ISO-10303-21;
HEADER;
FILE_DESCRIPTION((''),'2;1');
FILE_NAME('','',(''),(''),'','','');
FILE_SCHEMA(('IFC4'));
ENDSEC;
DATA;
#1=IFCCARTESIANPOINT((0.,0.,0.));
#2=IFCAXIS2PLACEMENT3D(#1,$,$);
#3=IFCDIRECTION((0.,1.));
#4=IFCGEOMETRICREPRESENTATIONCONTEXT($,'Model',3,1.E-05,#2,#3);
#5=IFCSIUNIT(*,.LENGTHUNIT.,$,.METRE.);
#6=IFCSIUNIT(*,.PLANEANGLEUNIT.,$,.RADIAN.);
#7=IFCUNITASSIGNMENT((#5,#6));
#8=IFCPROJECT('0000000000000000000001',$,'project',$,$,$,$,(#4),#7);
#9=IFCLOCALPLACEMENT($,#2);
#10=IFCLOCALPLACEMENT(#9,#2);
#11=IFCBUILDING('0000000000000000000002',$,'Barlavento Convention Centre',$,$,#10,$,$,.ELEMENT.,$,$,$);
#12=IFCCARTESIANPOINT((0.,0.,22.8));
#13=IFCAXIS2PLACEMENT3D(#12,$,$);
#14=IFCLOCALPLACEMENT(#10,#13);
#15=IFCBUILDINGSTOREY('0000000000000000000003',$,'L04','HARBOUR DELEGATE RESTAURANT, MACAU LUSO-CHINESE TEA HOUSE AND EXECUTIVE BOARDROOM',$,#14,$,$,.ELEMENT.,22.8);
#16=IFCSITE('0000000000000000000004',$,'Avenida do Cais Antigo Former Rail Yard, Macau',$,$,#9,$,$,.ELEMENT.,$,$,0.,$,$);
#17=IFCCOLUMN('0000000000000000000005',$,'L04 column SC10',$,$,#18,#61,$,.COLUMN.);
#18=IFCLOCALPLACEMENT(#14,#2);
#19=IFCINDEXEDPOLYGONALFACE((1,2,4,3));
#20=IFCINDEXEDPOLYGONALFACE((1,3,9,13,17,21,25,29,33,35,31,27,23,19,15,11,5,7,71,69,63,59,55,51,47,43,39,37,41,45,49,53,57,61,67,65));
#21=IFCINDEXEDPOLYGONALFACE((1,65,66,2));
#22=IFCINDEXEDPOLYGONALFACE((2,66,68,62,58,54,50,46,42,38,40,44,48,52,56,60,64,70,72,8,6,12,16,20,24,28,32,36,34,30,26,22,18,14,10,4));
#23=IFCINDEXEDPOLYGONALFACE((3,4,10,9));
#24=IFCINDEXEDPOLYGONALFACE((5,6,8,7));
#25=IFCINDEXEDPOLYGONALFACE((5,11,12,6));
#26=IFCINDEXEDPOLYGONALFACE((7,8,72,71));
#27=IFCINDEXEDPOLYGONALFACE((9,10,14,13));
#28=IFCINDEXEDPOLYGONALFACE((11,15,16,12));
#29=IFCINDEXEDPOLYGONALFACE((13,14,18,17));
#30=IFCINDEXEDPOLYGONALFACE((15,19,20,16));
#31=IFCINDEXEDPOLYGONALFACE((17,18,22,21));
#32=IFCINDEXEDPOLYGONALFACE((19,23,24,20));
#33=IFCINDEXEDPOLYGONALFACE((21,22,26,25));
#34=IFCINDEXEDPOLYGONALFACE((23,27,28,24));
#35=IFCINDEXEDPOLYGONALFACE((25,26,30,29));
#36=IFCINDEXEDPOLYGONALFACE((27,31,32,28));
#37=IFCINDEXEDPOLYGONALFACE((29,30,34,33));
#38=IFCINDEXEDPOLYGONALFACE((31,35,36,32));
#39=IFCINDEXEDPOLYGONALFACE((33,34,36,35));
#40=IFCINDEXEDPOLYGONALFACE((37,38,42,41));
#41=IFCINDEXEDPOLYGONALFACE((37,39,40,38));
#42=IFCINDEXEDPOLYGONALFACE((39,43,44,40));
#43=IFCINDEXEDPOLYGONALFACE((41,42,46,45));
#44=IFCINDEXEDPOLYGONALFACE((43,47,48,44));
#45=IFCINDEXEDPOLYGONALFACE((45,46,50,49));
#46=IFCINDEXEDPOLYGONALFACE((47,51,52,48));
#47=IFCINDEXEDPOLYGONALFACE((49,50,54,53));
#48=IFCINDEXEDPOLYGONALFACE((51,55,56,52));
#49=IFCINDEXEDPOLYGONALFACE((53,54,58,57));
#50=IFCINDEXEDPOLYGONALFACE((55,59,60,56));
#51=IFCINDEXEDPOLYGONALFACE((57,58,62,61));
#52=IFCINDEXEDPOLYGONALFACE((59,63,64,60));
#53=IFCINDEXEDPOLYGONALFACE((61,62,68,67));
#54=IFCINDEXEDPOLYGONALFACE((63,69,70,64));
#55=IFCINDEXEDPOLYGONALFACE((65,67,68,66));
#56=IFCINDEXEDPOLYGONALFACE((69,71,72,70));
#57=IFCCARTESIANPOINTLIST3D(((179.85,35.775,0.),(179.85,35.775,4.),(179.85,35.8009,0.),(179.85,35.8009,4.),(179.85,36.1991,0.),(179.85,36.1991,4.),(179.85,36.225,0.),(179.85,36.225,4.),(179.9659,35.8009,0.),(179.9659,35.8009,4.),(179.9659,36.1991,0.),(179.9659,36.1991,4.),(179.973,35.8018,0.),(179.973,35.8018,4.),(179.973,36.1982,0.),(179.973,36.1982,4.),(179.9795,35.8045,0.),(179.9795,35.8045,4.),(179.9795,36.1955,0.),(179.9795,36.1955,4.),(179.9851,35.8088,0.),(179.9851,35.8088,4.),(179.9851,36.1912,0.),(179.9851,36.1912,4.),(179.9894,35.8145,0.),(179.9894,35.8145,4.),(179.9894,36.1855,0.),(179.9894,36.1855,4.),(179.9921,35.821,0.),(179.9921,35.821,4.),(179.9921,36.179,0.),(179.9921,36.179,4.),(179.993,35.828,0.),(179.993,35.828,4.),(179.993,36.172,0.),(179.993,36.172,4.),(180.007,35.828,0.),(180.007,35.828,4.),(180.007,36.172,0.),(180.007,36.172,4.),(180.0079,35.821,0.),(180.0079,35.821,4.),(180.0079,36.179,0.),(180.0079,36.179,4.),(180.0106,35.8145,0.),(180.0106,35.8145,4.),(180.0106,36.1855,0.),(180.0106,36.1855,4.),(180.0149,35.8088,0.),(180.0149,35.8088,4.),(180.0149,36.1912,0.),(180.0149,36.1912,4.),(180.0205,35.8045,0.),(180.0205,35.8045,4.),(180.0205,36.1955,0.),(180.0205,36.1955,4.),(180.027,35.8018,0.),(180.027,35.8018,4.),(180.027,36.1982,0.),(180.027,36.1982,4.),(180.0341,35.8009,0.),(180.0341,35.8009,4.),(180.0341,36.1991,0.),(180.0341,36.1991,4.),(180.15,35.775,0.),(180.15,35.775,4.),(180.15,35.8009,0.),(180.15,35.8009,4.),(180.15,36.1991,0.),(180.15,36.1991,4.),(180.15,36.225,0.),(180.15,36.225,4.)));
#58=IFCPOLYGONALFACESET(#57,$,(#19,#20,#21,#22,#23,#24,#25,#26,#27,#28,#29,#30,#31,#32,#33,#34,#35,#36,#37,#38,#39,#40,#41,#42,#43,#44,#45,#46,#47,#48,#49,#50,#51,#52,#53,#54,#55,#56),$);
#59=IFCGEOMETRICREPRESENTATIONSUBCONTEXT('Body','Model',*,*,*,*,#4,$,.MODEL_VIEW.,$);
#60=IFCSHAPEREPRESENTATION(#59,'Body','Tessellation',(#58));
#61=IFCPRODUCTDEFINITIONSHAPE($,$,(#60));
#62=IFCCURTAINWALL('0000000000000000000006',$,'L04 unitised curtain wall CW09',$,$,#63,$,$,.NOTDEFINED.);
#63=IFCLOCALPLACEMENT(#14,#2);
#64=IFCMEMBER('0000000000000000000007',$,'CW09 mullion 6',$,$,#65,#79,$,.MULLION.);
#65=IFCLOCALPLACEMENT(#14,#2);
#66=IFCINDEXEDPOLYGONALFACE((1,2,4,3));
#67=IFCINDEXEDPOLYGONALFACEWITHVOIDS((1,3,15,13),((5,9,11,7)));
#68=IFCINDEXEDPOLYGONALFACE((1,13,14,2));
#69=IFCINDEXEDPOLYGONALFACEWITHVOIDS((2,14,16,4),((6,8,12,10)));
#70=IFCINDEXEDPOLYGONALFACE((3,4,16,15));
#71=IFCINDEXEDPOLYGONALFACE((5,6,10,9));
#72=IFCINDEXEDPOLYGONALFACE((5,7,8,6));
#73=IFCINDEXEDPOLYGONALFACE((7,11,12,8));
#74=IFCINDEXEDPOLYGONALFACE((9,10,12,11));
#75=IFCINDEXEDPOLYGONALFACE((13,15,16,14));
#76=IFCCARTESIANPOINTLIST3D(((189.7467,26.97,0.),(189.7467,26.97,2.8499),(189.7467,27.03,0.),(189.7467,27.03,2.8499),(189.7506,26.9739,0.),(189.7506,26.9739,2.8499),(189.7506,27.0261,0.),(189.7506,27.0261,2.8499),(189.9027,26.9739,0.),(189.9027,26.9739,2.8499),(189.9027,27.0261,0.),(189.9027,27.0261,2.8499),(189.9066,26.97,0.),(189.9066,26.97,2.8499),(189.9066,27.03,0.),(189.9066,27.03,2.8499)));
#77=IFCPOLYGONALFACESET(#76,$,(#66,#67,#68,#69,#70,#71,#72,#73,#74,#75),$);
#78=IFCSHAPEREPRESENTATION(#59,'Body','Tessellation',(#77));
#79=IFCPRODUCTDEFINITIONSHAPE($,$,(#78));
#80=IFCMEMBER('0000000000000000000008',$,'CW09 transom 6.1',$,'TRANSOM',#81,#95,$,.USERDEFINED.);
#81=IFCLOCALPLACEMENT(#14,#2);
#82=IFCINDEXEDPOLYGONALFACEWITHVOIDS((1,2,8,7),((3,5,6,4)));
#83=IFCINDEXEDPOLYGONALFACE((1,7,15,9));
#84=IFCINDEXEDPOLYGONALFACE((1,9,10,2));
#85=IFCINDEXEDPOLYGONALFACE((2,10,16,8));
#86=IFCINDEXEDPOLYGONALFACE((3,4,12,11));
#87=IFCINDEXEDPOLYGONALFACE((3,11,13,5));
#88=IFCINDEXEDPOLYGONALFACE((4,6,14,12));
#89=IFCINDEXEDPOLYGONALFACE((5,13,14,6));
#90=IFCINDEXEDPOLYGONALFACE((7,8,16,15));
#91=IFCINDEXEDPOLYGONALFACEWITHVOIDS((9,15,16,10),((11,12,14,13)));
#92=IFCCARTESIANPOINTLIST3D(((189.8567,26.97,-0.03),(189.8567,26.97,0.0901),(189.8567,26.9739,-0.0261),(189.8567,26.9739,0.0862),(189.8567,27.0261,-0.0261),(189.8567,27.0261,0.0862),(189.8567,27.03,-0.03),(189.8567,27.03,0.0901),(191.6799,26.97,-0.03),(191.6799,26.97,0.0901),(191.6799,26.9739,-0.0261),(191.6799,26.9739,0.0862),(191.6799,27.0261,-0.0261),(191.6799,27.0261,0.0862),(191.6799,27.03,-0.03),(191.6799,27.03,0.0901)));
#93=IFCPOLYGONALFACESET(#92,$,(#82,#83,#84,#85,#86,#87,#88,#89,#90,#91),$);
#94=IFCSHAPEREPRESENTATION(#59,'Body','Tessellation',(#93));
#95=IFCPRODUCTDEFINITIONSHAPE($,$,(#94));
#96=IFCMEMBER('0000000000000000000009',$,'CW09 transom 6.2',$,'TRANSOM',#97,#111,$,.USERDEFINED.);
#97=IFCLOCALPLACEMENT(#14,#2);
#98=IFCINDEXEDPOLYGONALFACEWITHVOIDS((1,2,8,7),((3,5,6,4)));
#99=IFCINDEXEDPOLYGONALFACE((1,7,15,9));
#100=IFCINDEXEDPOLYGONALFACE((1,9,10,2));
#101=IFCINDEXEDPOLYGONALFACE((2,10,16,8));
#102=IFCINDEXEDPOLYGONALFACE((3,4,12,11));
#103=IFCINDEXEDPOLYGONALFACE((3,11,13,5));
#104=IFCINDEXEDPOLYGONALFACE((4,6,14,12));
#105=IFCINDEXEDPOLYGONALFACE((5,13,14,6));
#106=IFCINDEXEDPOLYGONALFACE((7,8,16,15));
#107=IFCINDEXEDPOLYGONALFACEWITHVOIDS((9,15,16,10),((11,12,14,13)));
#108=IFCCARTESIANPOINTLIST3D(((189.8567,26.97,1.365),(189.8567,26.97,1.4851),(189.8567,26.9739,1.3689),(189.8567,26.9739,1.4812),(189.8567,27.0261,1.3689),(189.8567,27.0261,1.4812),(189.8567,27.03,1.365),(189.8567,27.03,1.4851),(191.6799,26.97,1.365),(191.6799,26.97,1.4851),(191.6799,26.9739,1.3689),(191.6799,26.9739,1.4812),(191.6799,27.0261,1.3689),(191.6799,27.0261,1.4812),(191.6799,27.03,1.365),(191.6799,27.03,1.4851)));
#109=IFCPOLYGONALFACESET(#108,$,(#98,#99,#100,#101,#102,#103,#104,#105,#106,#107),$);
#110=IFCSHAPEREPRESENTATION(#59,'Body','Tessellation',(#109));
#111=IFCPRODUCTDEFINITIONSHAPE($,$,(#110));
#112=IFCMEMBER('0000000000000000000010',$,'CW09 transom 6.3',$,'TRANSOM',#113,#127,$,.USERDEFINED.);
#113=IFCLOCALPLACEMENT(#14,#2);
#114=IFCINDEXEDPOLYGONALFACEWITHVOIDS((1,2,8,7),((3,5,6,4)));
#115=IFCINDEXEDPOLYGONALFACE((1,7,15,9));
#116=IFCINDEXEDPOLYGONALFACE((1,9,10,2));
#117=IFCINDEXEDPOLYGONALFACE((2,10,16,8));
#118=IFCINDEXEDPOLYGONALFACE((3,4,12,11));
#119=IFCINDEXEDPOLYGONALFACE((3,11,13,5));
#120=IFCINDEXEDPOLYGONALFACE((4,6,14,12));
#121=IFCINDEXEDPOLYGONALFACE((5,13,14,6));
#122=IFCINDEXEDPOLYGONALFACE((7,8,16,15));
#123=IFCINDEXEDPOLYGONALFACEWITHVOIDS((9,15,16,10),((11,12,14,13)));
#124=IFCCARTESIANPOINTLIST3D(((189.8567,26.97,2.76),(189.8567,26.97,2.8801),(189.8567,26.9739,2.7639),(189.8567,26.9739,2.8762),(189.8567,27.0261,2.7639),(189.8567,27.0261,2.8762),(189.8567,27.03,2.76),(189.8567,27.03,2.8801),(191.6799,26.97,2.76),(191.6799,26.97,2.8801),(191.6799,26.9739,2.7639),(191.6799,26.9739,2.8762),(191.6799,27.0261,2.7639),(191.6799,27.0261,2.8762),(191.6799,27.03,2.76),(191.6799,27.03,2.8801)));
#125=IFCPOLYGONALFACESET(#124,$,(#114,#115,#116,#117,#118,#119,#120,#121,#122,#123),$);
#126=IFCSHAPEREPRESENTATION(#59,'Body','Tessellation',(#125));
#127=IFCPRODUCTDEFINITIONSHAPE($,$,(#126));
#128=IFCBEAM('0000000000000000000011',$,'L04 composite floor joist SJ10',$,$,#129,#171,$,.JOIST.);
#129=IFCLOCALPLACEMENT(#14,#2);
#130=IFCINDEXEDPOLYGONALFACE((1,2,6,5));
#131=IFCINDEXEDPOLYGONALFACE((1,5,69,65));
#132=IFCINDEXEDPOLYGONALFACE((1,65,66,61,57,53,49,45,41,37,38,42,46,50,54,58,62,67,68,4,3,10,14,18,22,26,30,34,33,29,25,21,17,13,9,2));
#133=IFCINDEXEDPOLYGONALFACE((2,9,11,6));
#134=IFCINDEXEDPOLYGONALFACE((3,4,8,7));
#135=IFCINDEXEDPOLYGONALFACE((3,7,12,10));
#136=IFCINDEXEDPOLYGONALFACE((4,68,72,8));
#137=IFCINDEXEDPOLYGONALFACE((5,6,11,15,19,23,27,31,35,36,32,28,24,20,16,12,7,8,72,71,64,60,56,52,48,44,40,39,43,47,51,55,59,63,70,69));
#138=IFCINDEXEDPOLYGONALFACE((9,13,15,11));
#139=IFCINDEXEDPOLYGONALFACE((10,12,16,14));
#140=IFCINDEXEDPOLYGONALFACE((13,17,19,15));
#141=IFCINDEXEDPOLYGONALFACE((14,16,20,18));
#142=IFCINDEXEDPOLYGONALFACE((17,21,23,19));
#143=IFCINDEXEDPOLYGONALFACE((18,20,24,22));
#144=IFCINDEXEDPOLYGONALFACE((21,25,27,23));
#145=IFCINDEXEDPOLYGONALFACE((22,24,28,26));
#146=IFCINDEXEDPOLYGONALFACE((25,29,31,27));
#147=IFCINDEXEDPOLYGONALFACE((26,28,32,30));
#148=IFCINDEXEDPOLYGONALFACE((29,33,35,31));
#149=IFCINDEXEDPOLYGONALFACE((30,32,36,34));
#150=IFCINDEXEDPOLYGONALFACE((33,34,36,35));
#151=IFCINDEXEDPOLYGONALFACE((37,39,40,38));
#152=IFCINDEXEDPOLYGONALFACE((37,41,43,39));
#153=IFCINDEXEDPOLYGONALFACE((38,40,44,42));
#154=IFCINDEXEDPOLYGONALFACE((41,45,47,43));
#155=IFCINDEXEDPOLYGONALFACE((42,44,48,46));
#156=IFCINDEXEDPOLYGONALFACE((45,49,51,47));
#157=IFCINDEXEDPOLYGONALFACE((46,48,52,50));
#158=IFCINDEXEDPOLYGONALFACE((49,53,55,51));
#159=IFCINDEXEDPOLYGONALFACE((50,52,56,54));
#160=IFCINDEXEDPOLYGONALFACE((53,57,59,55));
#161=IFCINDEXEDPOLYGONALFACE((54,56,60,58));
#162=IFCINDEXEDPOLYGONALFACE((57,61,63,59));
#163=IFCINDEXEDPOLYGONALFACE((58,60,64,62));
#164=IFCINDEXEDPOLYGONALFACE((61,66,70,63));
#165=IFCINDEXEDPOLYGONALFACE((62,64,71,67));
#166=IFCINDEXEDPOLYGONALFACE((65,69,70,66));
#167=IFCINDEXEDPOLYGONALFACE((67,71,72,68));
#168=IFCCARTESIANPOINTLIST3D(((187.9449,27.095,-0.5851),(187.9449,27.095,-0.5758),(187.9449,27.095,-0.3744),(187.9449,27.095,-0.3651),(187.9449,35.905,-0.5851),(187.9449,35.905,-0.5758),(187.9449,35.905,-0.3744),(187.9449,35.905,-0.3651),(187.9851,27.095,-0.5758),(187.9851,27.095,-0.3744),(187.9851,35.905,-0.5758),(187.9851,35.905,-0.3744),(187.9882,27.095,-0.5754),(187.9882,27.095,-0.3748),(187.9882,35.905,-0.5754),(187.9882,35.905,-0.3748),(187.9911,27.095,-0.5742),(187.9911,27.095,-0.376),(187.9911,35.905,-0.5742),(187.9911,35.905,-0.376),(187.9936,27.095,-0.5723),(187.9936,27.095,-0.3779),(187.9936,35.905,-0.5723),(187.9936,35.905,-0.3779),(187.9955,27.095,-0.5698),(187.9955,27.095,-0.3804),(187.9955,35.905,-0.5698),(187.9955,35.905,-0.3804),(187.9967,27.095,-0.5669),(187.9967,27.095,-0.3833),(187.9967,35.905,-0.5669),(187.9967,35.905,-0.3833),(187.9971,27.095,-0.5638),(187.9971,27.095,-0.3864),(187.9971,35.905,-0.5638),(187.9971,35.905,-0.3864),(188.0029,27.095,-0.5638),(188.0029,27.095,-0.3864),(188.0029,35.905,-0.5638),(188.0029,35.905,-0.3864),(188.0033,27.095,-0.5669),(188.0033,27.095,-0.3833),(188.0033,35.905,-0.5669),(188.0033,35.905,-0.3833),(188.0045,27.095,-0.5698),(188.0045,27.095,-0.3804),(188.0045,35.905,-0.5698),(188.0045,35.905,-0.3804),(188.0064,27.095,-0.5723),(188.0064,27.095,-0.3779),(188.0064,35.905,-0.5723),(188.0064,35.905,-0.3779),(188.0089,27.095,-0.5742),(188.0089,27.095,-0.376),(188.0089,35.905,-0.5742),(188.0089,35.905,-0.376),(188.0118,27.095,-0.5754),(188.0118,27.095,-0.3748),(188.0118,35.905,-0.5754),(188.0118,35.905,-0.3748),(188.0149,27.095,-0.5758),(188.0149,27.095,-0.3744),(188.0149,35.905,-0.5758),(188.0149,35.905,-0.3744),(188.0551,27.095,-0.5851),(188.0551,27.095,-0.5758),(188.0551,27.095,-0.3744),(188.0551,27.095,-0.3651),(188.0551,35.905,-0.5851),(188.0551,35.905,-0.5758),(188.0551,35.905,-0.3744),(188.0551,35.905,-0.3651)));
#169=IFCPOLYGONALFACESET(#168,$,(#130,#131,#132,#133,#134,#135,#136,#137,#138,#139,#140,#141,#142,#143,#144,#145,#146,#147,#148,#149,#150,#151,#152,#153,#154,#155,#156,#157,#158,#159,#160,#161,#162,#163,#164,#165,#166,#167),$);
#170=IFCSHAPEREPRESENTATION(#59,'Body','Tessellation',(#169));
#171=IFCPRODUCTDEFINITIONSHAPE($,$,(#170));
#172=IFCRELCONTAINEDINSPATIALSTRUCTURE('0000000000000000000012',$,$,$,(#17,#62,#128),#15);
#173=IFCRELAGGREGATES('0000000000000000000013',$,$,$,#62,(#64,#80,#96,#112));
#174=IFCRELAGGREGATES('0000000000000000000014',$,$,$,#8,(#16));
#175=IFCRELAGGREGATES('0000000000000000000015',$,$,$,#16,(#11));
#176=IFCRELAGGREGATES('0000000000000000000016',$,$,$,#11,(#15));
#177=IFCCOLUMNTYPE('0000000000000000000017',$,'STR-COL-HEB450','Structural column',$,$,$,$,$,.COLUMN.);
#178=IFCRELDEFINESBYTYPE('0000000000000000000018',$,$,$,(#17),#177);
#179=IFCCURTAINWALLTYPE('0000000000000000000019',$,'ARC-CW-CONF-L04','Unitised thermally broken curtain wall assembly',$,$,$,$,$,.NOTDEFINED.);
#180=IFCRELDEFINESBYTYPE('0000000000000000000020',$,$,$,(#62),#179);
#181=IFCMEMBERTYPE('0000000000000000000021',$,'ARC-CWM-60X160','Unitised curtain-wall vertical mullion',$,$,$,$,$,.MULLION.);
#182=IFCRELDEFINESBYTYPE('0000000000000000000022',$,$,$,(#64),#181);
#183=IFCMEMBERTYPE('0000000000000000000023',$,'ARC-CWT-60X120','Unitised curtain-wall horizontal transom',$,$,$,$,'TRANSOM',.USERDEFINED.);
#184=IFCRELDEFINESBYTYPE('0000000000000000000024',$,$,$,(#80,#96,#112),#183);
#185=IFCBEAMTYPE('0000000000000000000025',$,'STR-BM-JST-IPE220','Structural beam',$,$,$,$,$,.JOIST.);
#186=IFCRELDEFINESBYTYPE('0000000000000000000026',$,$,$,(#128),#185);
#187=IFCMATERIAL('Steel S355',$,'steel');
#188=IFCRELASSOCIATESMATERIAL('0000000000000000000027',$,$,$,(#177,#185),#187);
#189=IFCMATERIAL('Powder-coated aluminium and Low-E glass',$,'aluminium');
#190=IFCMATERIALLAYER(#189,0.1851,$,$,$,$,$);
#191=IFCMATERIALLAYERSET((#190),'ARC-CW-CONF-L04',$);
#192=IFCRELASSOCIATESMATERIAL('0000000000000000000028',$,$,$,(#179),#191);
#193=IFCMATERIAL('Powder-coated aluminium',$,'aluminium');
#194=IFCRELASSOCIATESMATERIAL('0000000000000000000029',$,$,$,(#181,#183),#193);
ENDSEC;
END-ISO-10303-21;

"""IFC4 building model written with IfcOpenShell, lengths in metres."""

from ifc_helpers import new_model, si_unit, direction, frame, origin, origin_2d, place, context, subcontext, project, spatial, hollow_rectangle, i_section, extrude, material, layer, layer_set, material_profile, profile_set, type_object, element, aggregate, save


model = new_model("IFC4")

# Units and contexts
model_context = context("Model", 3, precision=1e-05, world=origin(), true_north=direction((0.0, 1.0)))
body_context = subcontext(model_context, "Body", "Model", "MODEL_VIEW")
ifc_project = project(units=[si_unit("LENGTHUNIT", "METRE"), si_unit("PLANEANGLEUNIT", "RADIAN")], contexts=[model_context])

# Site, building, storey
site_placement = place(None, origin())
site = spatial("IfcSite", under=ifc_project, at=site_placement, Name="Avenida do Cais Antigo Former Rail Yard, Macau", CompositionType="ELEMENT", RefElevation=0.0)
building_placement = place(site_placement, origin())
building = spatial("IfcBuilding", under=site, at=building_placement, Name="Barlavento Convention Centre", CompositionType="ELEMENT")
storey_placement = place(building_placement, frame((0.0, 0.0, 22.8)))
storey = spatial("IfcBuildingStorey", under=building, at=storey_placement, Name="L04", Description="HARBOUR DELEGATE RESTAURANT, MACAU LUSO-CHINESE TEA HOUSE AND EXECUTIVE BOARDROOM", CompositionType="ELEMENT", Elevation=22.8)

# Column
ifc_material_1 = material(Name="Steel S355", Category="steel")
ifc_material_profile_1 = material_profile(ifc_material_1, i_section(OverallWidth=0.3, OverallDepth=0.45, WebThickness=0.0139, FlangeThickness=0.0259, FilletRadius=0.0271, at=origin_2d()), Name="HEB 450")
ifc_profile_set_1 = profile_set([ifc_material_profile_1], Name="Steel S355")
column_type = type_object("IfcColumnType", Name="STR-COL-HEB450", Description="Structural column", PredefinedType="COLUMN", material=ifc_profile_set_1)
column_placement = place(storey_placement, frame((180.0, 36.0, 0.0), z_axis=(0.0, 0.0, 1.0), x_axis=(1.0, 0.0, 0.0)))
element("IfcColumn", 1, at=column_placement, inside=storey, type_object=column_type, Name="L04 column SC10", PredefinedType="COLUMN", context=body_context, shape_type="SweptSolid", body=[
    extrude(i_section(OverallWidth=0.3, OverallDepth=0.45, WebThickness=0.0139, FlangeThickness=0.0259, FilletRadius=0.0271, at=origin_2d()), origin(), (0.0, 0.0, 1.0), 4.0),
])

# Curtain wall, members
ifc_material_2 = material(Name="Powder-coated aluminium and Low-E glass", Category="aluminium")
ifc_layer_1 = layer(ifc_material_2, 0.1851)
ifc_layer_set_1 = layer_set([ifc_layer_1], Name="ARC-CW-CONF-L04")
curtain_wall_type = type_object("IfcCurtainWallType", Name="ARC-CW-CONF-L04", Description="Unitised thermally broken curtain wall assembly", PredefinedType="NOTDEFINED", material=ifc_layer_set_1)
curtain_wall_placement = place(storey_placement, origin())
curtain_wall = element("IfcCurtainWall", 2, at=curtain_wall_placement, inside=storey, type_object=curtain_wall_type, Name="L04 unitised curtain wall CW09", PredefinedType="NOTDEFINED")
ifc_material_3 = material(Name="Powder-coated aluminium", Category="aluminium")
ifc_material_profile_2 = material_profile(ifc_material_3, hollow_rectangle(XDim=0.0601, YDim=0.1599, WallThickness=0.0039, at=origin_2d()), Name="AL-MULL 60x160x4")
ifc_profile_set_2 = profile_set([ifc_material_profile_2], Name="Powder-coated aluminium")
member_type_1 = type_object("IfcMemberType", Name="ARC-CWM-60X160", Description="Unitised curtain-wall vertical mullion", PredefinedType="MULLION", material=ifc_profile_set_2)
member_1_placement = place(storey_placement, frame((189.8267, 27.0, 0.0), z_axis=(0.0, 0.0, 1.0), x_axis=(0.0, 1.0, 0.0)))
member_1 = element("IfcMember", 3, at=member_1_placement, type_object=member_type_1, Name="CW09 mullion 6", PredefinedType="MULLION", context=body_context, shape_type="SweptSolid", body=[
    extrude(hollow_rectangle(XDim=0.0601, YDim=0.1599, WallThickness=0.0039, at=origin_2d()), origin(), (0.0, 0.0, 1.0), 2.8499),
])
ifc_material_profile_3 = material_profile(ifc_material_3, hollow_rectangle(XDim=0.0601, YDim=0.1201, WallThickness=0.0039, at=origin_2d()), Name="AL-TRAN 60x120x4")
ifc_profile_set_3 = profile_set([ifc_material_profile_3], Name="Powder-coated aluminium")
member_type_2 = type_object("IfcMemberType", Name="ARC-CWT-60X120", Description="Unitised curtain-wall horizontal transom", ElementType="TRANSOM", PredefinedType="USERDEFINED", material=ifc_profile_set_3)
member_2_placement = place(storey_placement, frame((189.8567, 27.0, 0.03), z_axis=(1.0, 0.0, 0.0), x_axis=(0.0, 1.0, 0.0)))
member_2 = element("IfcMember", 4, at=member_2_placement, type_object=member_type_2, Name="CW09 transom 6.1", ObjectType="TRANSOM", PredefinedType="USERDEFINED", context=body_context, shape_type="SweptSolid", body=[
    extrude(hollow_rectangle(XDim=0.0601, YDim=0.1201, WallThickness=0.0039, at=origin_2d()), origin(), (0.0, 0.0, 1.0), 1.8232),
])
member_3_placement = place(storey_placement, frame((189.8567, 27.0, 1.425), z_axis=(1.0, 0.0, 0.0), x_axis=(0.0, 1.0, 0.0)))
member_3 = element("IfcMember", 5, at=member_3_placement, type_object=member_type_2, Name="CW09 transom 6.2", ObjectType="TRANSOM", PredefinedType="USERDEFINED", context=body_context, shape_type="SweptSolid", body=[
    extrude(hollow_rectangle(XDim=0.0601, YDim=0.1201, WallThickness=0.0039, at=origin_2d()), origin(), (0.0, 0.0, 1.0), 1.8232),
])
member_4_placement = place(storey_placement, frame((189.8567, 27.0, 2.8201), z_axis=(1.0, 0.0, 0.0), x_axis=(0.0, 1.0, 0.0)))
member_4 = element("IfcMember", 6, at=member_4_placement, type_object=member_type_2, Name="CW09 transom 6.3", ObjectType="TRANSOM", PredefinedType="USERDEFINED", context=body_context, shape_type="SweptSolid", body=[
    extrude(hollow_rectangle(XDim=0.0601, YDim=0.1201, WallThickness=0.0039, at=origin_2d()), origin(), (0.0, 0.0, 1.0), 1.8232),
])

# Beam
ifc_material_profile_4 = material_profile(ifc_material_1, i_section(OverallWidth=0.1101, OverallDepth=0.22, WebThickness=0.0059, FlangeThickness=0.0093, FilletRadius=0.012, at=origin_2d()), Name="IPE 220")
ifc_profile_set_4 = profile_set([ifc_material_profile_4], Name="Steel S355")
beam_type_1 = type_object("IfcBeamType", Name="STR-BM-JST-IPE220", Description="Structural beam", PredefinedType="JOIST", material=ifc_profile_set_4)
beam_1_placement = place(storey_placement, frame((188.0, 27.095, -0.4751), z_axis=(0.0, 1.0, 0.0), x_axis=(-1.0, 0.0, 0.0)))
element("IfcBeam", 7, at=beam_1_placement, inside=storey, type_object=beam_type_1, Name="L04 composite floor joist SJ10", PredefinedType="JOIST", context=body_context, shape_type="SweptSolid", body=[
    extrude(i_section(OverallWidth=0.1101, OverallDepth=0.22, WebThickness=0.0059, FlangeThickness=0.0093, FilletRadius=0.012, at=origin_2d()), origin(), (0.0, 0.0, 1.0), 8.8101),
])

aggregate(curtain_wall, [member_1, member_2, member_3, member_4])

save(model, "model.ifc")
